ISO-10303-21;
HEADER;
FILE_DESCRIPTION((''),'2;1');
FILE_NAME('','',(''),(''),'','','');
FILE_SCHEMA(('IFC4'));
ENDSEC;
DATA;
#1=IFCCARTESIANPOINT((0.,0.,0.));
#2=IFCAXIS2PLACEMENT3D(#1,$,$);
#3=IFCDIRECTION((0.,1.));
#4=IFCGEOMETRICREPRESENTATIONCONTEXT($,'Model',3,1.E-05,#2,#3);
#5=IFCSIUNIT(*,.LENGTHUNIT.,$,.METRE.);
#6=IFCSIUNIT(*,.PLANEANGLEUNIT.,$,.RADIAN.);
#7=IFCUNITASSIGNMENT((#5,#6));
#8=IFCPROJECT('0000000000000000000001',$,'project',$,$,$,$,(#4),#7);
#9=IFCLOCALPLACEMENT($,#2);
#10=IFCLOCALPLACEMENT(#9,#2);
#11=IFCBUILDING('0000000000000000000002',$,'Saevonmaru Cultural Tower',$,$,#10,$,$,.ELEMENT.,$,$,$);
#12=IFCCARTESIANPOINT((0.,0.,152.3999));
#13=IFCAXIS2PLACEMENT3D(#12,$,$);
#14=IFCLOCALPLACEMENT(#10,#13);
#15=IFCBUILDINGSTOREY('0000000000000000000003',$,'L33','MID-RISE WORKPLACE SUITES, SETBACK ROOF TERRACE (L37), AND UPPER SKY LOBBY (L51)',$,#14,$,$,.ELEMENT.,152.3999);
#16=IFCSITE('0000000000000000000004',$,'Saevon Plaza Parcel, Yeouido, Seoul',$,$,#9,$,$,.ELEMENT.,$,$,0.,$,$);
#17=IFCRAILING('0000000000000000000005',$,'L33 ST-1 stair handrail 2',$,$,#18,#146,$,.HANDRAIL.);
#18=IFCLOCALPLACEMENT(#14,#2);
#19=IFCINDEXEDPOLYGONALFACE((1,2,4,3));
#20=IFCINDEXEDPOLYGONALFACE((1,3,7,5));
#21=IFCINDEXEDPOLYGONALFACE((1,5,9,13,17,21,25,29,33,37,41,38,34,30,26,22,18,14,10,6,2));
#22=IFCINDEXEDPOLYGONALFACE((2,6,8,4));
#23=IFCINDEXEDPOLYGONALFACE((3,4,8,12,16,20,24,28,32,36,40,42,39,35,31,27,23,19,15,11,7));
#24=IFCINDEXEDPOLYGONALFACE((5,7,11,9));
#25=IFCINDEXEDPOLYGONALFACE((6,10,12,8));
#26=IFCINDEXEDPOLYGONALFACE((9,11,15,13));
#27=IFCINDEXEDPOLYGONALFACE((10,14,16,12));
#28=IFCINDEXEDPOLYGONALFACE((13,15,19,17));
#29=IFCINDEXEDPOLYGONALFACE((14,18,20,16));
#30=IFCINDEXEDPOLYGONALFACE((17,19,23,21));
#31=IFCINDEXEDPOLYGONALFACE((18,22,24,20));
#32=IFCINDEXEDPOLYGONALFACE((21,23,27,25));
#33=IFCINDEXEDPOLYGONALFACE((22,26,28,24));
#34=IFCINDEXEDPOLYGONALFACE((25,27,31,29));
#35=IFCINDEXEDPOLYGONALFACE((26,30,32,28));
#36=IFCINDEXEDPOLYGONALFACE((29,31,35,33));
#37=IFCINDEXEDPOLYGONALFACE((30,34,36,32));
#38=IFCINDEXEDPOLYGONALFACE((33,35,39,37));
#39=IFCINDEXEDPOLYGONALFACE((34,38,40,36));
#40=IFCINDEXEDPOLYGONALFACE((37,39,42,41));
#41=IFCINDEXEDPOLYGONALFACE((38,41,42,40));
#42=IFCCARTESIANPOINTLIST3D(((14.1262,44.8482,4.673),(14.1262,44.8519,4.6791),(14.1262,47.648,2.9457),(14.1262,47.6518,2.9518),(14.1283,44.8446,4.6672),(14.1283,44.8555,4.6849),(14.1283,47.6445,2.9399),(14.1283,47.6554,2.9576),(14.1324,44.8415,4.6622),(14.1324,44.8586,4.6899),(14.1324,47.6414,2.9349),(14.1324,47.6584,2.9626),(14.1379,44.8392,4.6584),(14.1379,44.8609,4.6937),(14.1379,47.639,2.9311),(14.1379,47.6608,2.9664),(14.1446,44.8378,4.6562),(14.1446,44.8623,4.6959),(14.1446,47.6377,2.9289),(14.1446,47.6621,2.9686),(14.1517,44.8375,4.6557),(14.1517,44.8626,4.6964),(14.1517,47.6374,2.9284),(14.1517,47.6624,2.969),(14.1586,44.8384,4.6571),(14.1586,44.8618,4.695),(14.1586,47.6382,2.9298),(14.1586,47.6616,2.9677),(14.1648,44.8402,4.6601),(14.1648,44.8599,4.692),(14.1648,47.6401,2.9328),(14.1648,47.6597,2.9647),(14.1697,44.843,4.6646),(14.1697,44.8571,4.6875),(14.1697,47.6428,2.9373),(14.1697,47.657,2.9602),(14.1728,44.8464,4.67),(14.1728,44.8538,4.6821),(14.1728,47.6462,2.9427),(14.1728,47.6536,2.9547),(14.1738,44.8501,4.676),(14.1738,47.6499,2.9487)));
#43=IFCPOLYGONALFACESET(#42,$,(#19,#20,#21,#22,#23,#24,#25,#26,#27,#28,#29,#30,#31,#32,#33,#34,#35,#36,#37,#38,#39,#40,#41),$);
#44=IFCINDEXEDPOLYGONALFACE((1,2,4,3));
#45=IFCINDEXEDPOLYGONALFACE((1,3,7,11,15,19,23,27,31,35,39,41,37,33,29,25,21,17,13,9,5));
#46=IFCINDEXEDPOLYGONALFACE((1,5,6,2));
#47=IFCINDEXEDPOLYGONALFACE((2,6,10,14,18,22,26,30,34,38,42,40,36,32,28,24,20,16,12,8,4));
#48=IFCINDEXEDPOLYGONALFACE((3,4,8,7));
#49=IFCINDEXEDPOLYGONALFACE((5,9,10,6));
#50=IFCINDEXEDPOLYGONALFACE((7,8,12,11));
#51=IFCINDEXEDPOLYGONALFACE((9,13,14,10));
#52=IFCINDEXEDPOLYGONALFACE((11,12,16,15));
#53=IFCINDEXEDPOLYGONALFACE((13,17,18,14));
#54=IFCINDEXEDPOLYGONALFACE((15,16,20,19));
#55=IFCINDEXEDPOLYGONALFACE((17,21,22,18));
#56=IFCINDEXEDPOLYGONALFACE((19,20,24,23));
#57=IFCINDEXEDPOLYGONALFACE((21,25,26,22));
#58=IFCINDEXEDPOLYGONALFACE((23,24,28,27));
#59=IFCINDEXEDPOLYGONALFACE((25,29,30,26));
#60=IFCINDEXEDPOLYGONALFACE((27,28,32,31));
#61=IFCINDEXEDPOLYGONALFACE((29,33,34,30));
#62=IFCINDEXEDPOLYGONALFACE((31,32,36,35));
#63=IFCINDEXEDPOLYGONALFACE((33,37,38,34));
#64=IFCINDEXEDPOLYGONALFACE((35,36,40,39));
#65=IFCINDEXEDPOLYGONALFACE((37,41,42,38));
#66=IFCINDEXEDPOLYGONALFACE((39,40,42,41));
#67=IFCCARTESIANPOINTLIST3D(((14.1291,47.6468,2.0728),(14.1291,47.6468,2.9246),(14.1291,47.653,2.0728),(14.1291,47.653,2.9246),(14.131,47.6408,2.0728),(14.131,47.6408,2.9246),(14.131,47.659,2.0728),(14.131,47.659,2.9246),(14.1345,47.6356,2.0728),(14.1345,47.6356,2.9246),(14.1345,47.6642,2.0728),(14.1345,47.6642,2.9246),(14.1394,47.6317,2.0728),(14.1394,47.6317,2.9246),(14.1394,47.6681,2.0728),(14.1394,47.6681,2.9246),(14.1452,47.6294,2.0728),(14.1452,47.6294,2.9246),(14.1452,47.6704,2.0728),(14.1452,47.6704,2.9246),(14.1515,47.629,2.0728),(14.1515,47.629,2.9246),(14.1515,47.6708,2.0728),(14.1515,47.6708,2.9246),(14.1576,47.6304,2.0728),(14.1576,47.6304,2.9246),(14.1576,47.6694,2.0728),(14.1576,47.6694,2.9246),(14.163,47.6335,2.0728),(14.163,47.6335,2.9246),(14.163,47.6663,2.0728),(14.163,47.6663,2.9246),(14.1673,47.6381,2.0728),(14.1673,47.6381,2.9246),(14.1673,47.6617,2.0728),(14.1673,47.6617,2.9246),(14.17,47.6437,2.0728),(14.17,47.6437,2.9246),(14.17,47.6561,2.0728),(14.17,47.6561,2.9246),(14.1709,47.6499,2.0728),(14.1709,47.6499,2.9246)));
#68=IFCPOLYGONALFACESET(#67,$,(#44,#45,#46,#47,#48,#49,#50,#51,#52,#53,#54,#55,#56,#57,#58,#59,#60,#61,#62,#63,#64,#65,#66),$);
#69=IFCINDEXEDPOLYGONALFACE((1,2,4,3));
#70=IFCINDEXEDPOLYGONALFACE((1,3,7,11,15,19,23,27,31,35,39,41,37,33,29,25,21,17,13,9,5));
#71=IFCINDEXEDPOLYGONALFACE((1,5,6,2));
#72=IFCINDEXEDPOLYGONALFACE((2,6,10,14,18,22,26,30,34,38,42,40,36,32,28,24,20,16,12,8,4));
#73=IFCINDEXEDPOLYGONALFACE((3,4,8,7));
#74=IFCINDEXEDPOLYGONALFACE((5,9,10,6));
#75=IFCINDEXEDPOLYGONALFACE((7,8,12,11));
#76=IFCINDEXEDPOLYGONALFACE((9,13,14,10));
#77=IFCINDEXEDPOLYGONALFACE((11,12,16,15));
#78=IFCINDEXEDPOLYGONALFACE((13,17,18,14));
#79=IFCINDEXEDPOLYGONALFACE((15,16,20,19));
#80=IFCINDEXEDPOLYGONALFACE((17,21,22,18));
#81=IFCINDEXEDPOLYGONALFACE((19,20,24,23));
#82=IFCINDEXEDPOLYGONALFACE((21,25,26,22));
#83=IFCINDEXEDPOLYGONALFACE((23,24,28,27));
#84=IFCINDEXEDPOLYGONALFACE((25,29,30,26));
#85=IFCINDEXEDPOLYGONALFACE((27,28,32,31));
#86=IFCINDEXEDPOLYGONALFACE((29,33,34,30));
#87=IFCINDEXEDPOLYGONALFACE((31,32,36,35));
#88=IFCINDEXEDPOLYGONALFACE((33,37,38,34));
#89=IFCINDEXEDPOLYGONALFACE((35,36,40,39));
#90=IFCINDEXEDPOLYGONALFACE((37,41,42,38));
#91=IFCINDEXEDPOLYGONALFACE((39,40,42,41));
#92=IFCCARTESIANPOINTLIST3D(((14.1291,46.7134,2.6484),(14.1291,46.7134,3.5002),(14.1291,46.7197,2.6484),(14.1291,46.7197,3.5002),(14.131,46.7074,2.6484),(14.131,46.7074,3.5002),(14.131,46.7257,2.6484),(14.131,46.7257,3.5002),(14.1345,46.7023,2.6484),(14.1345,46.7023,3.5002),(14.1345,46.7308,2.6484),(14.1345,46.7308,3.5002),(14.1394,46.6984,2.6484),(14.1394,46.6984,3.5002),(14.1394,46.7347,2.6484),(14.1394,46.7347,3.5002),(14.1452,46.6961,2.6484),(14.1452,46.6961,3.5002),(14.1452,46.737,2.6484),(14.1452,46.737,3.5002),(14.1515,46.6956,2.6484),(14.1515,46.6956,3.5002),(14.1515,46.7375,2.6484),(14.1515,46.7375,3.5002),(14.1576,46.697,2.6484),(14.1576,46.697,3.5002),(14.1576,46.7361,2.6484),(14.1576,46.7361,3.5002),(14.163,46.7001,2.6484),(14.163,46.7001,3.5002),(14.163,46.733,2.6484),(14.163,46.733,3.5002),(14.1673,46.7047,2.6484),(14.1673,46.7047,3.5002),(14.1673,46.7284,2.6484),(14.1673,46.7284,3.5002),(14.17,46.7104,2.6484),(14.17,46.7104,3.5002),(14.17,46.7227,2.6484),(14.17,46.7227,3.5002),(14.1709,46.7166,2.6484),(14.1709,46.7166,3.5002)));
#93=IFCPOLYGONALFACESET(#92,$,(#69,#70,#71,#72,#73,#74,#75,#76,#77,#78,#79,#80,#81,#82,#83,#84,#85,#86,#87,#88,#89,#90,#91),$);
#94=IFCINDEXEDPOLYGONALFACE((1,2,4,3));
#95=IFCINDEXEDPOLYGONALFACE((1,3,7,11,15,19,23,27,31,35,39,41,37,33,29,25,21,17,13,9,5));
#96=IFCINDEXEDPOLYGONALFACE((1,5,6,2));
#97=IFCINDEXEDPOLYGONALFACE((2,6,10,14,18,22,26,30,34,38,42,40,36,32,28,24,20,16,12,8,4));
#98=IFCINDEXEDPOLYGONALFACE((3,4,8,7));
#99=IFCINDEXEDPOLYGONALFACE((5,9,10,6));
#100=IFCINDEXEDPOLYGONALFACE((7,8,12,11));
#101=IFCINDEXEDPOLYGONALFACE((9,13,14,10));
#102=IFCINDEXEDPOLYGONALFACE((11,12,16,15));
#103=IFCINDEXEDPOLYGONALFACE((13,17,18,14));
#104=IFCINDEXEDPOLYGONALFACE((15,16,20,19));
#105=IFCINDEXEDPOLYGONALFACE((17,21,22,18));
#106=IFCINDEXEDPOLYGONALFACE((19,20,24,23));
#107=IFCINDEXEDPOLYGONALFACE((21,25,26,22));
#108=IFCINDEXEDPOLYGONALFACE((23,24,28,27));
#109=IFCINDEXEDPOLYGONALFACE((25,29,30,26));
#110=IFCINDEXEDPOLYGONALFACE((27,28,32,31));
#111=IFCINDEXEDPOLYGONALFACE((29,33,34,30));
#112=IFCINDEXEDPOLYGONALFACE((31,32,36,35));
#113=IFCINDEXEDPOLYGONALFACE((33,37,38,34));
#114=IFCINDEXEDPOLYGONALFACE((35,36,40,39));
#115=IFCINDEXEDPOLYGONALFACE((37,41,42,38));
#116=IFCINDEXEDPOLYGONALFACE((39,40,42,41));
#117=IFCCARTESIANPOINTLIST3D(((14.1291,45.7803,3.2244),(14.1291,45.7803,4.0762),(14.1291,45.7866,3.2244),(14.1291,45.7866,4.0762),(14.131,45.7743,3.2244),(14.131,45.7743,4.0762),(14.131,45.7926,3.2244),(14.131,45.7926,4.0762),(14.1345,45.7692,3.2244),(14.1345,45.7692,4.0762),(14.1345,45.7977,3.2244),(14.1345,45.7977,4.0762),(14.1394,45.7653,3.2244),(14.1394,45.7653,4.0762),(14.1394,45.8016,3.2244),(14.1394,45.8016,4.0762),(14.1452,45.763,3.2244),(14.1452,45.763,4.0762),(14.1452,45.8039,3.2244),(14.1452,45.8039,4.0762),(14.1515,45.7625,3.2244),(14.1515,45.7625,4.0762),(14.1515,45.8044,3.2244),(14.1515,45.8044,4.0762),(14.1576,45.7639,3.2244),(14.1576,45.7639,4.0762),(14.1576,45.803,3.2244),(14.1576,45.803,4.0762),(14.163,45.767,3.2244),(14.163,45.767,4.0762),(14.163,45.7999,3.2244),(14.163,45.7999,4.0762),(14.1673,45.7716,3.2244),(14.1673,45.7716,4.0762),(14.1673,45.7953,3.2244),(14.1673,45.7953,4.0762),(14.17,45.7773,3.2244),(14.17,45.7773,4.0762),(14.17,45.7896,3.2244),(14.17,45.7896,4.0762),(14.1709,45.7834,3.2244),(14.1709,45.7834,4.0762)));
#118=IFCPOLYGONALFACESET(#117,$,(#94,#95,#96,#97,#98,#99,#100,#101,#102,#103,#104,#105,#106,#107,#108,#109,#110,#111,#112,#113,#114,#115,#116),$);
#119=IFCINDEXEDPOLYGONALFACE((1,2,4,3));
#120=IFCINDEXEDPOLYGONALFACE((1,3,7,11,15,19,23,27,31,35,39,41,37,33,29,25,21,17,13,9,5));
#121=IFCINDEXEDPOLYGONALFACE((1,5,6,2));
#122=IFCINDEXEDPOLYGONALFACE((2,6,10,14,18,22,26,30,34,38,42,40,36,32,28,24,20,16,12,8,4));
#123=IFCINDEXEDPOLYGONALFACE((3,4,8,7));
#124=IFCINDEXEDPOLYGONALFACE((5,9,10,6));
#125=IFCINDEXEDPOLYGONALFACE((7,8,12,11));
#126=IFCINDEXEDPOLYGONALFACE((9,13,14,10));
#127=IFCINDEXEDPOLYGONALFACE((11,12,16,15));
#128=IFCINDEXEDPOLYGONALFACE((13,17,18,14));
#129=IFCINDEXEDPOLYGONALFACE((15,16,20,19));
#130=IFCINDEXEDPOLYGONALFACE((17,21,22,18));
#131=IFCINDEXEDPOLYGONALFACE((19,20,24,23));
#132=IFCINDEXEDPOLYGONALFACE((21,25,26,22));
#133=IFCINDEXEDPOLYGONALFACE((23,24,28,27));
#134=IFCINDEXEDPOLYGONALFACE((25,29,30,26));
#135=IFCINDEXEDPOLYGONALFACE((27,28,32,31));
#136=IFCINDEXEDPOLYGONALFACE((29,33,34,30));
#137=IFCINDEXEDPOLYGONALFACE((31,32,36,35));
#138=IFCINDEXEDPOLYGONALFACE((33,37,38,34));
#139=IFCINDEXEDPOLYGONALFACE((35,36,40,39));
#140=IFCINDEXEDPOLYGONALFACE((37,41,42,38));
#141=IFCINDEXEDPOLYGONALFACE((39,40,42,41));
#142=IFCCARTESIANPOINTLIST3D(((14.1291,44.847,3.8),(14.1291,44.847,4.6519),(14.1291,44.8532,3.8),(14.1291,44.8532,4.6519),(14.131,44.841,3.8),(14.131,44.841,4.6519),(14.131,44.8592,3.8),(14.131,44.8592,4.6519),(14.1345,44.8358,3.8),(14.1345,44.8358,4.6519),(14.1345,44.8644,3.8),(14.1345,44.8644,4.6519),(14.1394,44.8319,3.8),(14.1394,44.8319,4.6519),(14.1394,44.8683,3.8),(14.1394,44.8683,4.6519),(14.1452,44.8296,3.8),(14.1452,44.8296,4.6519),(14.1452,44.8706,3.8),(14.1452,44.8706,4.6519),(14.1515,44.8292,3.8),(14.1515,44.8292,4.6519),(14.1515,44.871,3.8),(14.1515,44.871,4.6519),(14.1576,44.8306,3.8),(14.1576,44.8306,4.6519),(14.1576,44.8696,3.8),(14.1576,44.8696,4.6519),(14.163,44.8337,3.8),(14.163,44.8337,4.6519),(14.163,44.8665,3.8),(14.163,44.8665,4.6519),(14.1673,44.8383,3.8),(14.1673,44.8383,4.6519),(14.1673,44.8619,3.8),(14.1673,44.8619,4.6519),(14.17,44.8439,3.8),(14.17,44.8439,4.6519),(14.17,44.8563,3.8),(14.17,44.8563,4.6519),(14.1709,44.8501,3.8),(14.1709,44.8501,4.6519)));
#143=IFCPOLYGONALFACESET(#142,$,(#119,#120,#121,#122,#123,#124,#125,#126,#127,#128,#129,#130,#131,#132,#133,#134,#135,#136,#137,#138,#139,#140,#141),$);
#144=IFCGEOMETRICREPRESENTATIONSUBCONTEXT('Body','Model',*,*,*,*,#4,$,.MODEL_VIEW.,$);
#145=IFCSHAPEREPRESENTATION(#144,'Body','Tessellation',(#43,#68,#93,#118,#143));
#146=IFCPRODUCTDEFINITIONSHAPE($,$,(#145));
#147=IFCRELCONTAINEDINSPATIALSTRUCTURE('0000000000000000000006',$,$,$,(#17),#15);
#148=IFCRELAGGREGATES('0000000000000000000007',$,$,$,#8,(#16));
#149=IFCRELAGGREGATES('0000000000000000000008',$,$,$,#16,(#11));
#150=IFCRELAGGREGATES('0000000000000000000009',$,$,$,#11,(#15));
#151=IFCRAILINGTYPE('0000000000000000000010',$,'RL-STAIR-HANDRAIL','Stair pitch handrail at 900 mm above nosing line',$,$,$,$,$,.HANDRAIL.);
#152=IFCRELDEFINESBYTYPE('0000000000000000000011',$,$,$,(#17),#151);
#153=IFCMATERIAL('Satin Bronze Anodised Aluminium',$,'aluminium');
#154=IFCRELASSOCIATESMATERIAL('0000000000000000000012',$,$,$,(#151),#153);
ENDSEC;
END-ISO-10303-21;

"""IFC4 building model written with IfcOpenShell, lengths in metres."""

from ifc_helpers import new_model, si_unit, direction, frame, origin, origin_2d, place, context, subcontext, project, spatial, circle, extrude, material, type_object, element, save


model = new_model("IFC4")

# Units and contexts
model_context = context("Model", 3, precision=1e-05, world=origin(), true_north=direction((0.0, 1.0)))
body_context = subcontext(model_context, "Body", "Model", "MODEL_VIEW")
ifc_project = project(units=[si_unit("LENGTHUNIT", "METRE"), si_unit("PLANEANGLEUNIT", "RADIAN")], contexts=[model_context])

# Site, building, storey
site_placement = place(None, origin())
site = spatial("IfcSite", under=ifc_project, at=site_placement, Name="Saevon Plaza Parcel, Yeouido, Seoul", CompositionType="ELEMENT", RefElevation=0.0)
building_placement = place(site_placement, origin())
building = spatial("IfcBuilding", under=site, at=building_placement, Name="Saevonmaru Cultural Tower", CompositionType="ELEMENT")
storey_placement = place(building_placement, frame((0.0, 0.0, 152.3999)))
storey = spatial("IfcBuildingStorey", under=building, at=storey_placement, Name="L33", Description="MID-RISE WORKPLACE SUITES, SETBACK ROOF TERRACE (L37), AND UPPER SKY LOBBY (L51)", CompositionType="ELEMENT", Elevation=152.3999)

# Shared definitions
ifc_material_1 = material(Name="Satin Bronze Anodised Aluminium", Category="aluminium")

# Railing
railing_type_1 = type_object("IfcRailingType", Name="RL-STAIR-HANDRAIL", Description="Stair pitch handrail at 900 mm above nosing line", PredefinedType="HANDRAIL", material=ifc_material_1)
railing_1_placement = place(storey_placement, frame((14.1499, 47.6499, 2.0728)))
element("IfcRailing", 1, at=railing_1_placement, inside=storey, type_object=railing_type_1, Name="L33 ST-1 stair handrail 2", PredefinedType="HANDRAIL", context=body_context, shape_type="SweptSolid", body=[
    extrude(circle(Radius=0.0239, at=origin_2d()), frame((0.0, 0.0, 0.876), z_axis=(0.0, -0.851069, 0.525054), x_axis=(1.0, 0.0, 0.0)), (0.0, 0.0, 1.0), 3.2898),
    extrude(circle(Radius=0.021, at=origin_2d()), origin(), (0.0, 0.0, 1.0), 0.8518),
    extrude(circle(Radius=0.021, at=origin_2d()), frame((0.0, -0.9333, 0.5757)), (0.0, 0.0, 1.0), 0.8518),
    extrude(circle(Radius=0.021, at=origin_2d()), frame((0.0, -1.8665, 1.1516)), (0.0, 0.0, 1.0), 0.8518),
    extrude(circle(Radius=0.021, at=origin_2d()), frame((0.0, -2.7998, 1.7273)), (0.0, 0.0, 1.0), 0.8518),
])

save(model, "model.ifc")
